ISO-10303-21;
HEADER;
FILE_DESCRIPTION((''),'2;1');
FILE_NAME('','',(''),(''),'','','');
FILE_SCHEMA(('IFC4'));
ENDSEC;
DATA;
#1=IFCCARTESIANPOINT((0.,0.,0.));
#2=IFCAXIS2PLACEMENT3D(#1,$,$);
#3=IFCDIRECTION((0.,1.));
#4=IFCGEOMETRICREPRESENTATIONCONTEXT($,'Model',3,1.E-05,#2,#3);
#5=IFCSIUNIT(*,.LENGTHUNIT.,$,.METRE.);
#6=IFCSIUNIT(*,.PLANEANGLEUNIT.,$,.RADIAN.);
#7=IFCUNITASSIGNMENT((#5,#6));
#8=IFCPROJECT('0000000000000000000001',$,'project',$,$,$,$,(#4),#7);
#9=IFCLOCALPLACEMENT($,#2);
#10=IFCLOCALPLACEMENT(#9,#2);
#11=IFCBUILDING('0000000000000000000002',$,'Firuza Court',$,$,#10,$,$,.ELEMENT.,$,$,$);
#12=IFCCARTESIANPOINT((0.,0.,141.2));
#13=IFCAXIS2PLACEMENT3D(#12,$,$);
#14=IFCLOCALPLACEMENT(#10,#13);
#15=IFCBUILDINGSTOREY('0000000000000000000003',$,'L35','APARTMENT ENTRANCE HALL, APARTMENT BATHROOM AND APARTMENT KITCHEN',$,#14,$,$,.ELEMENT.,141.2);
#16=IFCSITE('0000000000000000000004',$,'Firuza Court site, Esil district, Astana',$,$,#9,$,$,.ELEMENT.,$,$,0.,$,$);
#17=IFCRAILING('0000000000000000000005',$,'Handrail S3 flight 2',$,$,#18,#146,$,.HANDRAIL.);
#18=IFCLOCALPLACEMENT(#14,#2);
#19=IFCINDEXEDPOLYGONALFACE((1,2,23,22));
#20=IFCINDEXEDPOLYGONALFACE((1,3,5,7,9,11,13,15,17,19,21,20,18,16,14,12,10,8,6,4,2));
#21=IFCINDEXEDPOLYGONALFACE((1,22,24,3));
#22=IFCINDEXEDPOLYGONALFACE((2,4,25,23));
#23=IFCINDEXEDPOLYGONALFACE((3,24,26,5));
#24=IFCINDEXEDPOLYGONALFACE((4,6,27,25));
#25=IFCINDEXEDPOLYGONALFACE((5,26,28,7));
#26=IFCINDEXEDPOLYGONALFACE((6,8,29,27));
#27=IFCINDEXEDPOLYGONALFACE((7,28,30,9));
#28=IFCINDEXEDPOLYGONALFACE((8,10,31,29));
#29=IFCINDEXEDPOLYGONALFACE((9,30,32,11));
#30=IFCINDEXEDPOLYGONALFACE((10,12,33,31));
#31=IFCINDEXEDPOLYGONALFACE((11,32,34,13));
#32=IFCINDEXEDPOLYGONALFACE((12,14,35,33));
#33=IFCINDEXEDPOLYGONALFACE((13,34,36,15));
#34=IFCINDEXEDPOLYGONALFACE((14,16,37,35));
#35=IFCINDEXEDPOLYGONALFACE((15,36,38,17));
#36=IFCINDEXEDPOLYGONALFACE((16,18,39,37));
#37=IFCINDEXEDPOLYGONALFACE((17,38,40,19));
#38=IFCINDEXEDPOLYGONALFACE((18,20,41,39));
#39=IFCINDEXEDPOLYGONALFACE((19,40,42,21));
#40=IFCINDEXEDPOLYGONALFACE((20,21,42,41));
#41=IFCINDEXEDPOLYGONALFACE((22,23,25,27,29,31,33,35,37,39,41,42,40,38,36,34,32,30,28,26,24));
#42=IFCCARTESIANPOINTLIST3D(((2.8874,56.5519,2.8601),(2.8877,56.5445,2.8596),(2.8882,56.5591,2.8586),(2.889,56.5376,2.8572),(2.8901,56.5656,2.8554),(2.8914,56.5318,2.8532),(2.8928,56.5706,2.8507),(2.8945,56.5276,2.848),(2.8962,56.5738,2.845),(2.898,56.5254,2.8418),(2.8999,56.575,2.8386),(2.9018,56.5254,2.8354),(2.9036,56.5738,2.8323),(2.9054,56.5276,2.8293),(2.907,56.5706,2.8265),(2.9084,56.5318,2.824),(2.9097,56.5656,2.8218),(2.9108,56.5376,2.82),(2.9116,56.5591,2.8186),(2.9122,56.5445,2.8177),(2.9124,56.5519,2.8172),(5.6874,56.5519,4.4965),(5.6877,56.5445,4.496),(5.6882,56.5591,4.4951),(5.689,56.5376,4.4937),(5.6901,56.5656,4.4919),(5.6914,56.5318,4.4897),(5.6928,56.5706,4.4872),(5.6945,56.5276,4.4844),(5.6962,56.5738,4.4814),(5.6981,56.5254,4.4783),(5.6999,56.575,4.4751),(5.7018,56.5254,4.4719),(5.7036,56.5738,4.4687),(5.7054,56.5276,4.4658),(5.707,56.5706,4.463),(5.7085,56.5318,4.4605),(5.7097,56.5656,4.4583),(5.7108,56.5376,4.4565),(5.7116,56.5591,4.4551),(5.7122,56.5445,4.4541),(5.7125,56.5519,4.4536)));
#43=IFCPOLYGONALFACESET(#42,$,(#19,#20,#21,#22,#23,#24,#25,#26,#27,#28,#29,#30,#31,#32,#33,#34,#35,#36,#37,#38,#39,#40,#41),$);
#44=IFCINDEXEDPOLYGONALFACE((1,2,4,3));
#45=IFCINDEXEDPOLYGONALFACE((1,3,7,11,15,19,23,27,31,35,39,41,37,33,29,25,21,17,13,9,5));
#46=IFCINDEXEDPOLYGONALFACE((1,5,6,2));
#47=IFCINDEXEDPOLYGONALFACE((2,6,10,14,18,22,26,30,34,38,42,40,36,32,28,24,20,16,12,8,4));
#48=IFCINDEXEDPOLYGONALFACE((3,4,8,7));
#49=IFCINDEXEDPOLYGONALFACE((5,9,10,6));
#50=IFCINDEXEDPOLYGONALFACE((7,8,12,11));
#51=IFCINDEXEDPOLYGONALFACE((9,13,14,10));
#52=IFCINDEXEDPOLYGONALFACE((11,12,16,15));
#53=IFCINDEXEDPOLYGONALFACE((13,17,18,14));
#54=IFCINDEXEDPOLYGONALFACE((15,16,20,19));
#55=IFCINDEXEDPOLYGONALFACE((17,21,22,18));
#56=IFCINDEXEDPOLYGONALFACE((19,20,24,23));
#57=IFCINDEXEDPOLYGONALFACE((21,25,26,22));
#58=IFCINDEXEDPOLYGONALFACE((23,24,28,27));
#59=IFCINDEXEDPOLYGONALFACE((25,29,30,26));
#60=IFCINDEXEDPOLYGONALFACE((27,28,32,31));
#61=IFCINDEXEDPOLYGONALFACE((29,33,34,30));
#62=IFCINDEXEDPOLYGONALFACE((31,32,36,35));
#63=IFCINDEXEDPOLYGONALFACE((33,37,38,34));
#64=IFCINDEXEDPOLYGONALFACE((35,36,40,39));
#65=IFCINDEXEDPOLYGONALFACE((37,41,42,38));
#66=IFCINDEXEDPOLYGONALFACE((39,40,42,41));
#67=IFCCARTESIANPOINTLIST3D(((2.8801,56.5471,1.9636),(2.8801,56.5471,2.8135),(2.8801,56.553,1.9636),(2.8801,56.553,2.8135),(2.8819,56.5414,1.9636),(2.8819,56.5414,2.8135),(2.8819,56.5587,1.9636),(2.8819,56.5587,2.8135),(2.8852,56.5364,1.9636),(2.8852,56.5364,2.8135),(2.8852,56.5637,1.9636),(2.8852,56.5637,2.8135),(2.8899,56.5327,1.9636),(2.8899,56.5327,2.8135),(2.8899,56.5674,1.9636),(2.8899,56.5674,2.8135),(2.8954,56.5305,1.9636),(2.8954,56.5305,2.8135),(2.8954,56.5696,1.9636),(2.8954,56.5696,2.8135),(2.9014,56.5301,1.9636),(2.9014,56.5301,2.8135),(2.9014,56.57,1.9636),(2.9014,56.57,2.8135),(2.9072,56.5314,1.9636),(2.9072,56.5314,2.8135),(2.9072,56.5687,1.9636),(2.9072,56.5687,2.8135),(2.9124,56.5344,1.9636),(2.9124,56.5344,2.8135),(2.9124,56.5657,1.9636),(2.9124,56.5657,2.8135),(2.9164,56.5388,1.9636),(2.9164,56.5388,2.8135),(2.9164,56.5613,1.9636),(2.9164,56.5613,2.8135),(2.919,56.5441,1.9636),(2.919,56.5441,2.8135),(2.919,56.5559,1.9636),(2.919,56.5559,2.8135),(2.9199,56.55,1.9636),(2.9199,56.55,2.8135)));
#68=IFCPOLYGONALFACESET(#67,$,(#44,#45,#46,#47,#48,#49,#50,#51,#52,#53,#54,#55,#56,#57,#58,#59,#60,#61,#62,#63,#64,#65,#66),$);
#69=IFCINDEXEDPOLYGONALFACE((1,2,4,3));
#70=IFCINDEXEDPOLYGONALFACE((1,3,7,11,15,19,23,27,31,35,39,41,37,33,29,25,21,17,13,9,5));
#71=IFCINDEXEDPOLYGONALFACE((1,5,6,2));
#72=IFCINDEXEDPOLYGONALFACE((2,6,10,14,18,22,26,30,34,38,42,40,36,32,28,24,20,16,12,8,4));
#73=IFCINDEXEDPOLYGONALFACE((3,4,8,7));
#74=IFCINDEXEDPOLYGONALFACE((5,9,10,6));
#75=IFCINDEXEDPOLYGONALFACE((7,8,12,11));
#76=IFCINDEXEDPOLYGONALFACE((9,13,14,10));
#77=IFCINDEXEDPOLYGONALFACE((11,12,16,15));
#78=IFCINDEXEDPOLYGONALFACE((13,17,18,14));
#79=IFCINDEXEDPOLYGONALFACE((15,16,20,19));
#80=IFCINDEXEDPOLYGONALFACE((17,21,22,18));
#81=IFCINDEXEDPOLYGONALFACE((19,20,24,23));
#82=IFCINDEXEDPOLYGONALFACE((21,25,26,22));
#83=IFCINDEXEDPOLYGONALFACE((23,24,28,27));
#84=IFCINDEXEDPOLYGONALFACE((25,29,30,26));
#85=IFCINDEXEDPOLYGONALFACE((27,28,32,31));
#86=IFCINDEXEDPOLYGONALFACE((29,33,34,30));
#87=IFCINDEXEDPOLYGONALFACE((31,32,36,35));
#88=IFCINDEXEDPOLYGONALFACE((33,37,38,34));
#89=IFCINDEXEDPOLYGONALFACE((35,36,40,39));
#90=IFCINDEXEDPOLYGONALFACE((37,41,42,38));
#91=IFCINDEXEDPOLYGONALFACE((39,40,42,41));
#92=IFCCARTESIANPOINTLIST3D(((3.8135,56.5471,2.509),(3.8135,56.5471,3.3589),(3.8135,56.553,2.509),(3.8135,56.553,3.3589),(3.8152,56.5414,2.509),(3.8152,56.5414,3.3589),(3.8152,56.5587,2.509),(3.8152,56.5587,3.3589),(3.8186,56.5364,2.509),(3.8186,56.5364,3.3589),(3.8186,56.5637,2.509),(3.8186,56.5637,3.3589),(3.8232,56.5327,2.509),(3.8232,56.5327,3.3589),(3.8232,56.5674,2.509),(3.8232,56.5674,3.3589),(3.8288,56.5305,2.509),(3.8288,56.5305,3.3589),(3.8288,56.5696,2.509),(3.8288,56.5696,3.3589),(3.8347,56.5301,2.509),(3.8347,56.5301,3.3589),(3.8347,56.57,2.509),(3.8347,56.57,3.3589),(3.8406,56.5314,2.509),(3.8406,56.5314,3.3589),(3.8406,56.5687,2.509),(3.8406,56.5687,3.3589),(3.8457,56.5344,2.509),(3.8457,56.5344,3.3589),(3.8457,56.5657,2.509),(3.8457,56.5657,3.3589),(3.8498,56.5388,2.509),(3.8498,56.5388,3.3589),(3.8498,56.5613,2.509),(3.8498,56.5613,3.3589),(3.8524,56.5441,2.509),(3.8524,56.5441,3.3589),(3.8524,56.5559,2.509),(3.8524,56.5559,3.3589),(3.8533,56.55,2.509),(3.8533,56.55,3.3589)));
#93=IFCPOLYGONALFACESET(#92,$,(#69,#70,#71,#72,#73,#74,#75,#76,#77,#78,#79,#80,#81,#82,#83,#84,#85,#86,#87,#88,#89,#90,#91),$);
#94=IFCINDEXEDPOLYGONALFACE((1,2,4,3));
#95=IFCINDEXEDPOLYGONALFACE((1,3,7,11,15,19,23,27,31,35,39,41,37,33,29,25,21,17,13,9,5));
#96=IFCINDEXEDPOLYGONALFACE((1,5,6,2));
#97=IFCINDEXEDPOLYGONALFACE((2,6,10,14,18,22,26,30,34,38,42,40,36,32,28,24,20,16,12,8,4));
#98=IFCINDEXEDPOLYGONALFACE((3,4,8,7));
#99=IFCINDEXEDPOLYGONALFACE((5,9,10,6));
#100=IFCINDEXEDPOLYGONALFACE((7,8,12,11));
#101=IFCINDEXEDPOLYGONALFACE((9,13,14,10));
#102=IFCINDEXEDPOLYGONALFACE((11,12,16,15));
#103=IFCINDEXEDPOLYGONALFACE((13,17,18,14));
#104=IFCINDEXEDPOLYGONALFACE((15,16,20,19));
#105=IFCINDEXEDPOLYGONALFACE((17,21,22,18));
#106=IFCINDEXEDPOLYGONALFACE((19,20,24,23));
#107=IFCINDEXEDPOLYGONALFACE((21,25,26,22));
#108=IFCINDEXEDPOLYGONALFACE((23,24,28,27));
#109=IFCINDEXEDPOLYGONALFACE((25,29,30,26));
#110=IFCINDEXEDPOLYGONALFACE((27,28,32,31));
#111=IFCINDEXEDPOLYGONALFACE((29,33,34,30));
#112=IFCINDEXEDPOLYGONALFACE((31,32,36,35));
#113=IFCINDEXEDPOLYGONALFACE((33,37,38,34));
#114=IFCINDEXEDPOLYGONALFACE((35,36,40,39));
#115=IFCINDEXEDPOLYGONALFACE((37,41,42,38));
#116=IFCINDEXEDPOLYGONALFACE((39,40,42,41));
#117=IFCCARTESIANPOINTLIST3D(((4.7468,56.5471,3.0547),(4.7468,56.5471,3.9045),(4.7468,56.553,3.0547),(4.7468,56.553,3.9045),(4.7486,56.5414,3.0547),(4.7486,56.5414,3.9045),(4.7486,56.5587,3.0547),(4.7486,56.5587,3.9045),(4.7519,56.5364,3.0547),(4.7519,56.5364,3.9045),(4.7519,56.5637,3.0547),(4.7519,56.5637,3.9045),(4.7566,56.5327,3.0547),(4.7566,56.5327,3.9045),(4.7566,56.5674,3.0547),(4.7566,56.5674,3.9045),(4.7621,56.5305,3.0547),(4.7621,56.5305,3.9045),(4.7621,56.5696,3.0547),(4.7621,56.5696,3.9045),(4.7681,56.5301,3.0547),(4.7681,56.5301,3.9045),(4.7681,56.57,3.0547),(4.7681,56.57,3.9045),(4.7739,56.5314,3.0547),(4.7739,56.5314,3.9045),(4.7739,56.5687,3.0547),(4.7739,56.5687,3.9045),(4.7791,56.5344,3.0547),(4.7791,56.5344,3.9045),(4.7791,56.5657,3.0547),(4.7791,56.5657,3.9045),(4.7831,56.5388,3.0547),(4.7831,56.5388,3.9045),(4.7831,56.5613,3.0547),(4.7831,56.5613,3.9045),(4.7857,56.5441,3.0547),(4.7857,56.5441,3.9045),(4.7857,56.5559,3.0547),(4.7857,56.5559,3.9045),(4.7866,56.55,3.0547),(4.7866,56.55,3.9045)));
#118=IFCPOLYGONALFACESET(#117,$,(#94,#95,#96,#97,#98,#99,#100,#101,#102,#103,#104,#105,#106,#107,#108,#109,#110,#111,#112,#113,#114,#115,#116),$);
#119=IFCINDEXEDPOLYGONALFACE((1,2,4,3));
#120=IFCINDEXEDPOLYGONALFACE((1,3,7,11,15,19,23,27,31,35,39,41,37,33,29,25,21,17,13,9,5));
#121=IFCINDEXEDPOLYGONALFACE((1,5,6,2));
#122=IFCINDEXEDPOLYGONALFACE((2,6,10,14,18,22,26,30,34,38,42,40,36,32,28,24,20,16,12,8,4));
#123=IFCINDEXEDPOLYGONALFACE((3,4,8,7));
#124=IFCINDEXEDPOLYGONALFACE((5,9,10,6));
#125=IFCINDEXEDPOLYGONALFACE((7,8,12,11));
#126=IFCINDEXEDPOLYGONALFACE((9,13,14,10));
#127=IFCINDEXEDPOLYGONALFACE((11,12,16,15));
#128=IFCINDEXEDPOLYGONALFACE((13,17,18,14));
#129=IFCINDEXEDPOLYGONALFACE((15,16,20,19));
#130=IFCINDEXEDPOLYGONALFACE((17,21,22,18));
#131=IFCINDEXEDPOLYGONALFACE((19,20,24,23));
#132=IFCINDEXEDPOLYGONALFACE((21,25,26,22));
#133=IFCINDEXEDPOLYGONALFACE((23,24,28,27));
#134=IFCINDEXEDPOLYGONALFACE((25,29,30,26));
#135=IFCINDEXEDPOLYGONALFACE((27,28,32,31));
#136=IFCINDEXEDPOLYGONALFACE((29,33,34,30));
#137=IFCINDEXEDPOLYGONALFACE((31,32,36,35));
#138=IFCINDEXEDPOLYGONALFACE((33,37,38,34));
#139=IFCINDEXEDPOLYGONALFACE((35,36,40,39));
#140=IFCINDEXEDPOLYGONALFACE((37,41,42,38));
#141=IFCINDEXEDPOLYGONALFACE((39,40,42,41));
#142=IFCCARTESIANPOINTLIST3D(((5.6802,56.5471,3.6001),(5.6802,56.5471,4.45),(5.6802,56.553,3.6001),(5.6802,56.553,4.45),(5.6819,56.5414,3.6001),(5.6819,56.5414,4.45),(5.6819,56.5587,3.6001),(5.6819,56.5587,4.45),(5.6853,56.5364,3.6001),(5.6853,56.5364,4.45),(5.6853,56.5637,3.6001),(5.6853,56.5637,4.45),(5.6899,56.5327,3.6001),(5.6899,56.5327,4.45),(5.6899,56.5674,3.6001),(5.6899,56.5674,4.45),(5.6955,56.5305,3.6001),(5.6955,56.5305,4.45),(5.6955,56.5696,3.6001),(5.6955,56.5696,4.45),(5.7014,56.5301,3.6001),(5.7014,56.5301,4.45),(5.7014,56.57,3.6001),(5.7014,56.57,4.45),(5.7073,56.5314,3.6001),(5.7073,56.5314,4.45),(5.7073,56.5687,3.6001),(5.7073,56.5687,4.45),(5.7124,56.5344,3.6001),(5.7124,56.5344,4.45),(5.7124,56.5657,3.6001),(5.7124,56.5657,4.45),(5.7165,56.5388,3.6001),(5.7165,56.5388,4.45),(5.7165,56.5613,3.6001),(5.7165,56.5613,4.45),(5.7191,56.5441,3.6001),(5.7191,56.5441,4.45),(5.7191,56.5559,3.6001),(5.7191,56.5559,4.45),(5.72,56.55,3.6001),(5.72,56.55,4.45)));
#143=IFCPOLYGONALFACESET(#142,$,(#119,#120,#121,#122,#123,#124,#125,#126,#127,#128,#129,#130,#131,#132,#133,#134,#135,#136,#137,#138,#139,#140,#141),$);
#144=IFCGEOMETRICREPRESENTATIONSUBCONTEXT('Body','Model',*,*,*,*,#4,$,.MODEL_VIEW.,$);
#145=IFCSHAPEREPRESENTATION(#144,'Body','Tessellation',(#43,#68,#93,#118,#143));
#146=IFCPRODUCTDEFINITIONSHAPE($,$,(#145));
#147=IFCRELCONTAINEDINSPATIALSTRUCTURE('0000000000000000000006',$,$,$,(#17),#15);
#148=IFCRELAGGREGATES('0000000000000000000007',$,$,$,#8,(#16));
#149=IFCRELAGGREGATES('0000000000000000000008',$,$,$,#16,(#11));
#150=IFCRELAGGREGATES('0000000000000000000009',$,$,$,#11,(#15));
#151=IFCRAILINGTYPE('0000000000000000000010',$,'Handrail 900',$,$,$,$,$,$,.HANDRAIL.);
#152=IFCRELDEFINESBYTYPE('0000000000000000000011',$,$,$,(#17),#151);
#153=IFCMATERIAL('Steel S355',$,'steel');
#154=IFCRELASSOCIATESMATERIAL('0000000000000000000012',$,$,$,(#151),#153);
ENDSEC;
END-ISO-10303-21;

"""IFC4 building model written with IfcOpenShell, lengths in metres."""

from ifc_helpers import new_model, si_unit, direction, frame, origin, origin_2d, place, context, subcontext, project, spatial, circle, extrude, material, type_object, element, save


model = new_model("IFC4")

# Units and contexts
model_context = context("Model", 3, precision=1e-05, world=origin(), true_north=direction((0.0, 1.0)))
body_context = subcontext(model_context, "Body", "Model", "MODEL_VIEW")
ifc_project = project(units=[si_unit("LENGTHUNIT", "METRE"), si_unit("PLANEANGLEUNIT", "RADIAN")], contexts=[model_context])

# Site, building, storey
site_placement = place(None, origin())
site = spatial("IfcSite", under=ifc_project, at=site_placement, Name="Firuza Court site, Esil district, Astana", CompositionType="ELEMENT", RefElevation=0.0)
building_placement = place(site_placement, origin())
building = spatial("IfcBuilding", under=site, at=building_placement, Name="Firuza Court", CompositionType="ELEMENT")
storey_placement = place(building_placement, frame((0.0, 0.0, 141.2)))
storey = spatial("IfcBuildingStorey", under=building, at=storey_placement, Name="L35", Description="APARTMENT ENTRANCE HALL, APARTMENT BATHROOM AND APARTMENT KITCHEN", CompositionType="ELEMENT", Elevation=141.2)

# Railing
ifc_material_1 = material(Name="Steel S355", Category="steel")
railing_type_1 = type_object("IfcRailingType", Name="Handrail 900", PredefinedType="HANDRAIL", material=ifc_material_1)
railing_1_placement = place(storey_placement, frame((2.8999, 56.55, 1.9636)))
element("IfcRailing", 1, at=railing_1_placement, inside=storey, type_object=railing_type_1, Name="Handrail S3 flight 2", PredefinedType="HANDRAIL", context=body_context, shape_type="SweptSolid", body=[
    extrude(circle(Radius=0.0249, at=origin_2d()), frame((0.0, 0.0, 0.875), z_axis=(0.863361, 0.0, 0.504587), x_axis=(0.0, 1.0, 0.0)), (0.0, 0.0, 1.0), 3.2432),
    extrude(circle(Radius=0.02, at=origin_2d()), origin(), (0.0, 0.0, 1.0), 0.8499),
    extrude(circle(Radius=0.02, at=origin_2d()), frame((0.9333, 0.0, 0.5454)), (0.0, 0.0, 1.0), 0.8499),
    extrude(circle(Radius=0.02, at=origin_2d()), frame((1.8667, 0.0, 1.0911)), (0.0, 0.0, 1.0), 0.8499),
    extrude(circle(Radius=0.02, at=origin_2d()), frame((2.8, 0.0, 1.6365)), (0.0, 0.0, 1.0), 0.8499),
])

save(model, "model.ifc")
